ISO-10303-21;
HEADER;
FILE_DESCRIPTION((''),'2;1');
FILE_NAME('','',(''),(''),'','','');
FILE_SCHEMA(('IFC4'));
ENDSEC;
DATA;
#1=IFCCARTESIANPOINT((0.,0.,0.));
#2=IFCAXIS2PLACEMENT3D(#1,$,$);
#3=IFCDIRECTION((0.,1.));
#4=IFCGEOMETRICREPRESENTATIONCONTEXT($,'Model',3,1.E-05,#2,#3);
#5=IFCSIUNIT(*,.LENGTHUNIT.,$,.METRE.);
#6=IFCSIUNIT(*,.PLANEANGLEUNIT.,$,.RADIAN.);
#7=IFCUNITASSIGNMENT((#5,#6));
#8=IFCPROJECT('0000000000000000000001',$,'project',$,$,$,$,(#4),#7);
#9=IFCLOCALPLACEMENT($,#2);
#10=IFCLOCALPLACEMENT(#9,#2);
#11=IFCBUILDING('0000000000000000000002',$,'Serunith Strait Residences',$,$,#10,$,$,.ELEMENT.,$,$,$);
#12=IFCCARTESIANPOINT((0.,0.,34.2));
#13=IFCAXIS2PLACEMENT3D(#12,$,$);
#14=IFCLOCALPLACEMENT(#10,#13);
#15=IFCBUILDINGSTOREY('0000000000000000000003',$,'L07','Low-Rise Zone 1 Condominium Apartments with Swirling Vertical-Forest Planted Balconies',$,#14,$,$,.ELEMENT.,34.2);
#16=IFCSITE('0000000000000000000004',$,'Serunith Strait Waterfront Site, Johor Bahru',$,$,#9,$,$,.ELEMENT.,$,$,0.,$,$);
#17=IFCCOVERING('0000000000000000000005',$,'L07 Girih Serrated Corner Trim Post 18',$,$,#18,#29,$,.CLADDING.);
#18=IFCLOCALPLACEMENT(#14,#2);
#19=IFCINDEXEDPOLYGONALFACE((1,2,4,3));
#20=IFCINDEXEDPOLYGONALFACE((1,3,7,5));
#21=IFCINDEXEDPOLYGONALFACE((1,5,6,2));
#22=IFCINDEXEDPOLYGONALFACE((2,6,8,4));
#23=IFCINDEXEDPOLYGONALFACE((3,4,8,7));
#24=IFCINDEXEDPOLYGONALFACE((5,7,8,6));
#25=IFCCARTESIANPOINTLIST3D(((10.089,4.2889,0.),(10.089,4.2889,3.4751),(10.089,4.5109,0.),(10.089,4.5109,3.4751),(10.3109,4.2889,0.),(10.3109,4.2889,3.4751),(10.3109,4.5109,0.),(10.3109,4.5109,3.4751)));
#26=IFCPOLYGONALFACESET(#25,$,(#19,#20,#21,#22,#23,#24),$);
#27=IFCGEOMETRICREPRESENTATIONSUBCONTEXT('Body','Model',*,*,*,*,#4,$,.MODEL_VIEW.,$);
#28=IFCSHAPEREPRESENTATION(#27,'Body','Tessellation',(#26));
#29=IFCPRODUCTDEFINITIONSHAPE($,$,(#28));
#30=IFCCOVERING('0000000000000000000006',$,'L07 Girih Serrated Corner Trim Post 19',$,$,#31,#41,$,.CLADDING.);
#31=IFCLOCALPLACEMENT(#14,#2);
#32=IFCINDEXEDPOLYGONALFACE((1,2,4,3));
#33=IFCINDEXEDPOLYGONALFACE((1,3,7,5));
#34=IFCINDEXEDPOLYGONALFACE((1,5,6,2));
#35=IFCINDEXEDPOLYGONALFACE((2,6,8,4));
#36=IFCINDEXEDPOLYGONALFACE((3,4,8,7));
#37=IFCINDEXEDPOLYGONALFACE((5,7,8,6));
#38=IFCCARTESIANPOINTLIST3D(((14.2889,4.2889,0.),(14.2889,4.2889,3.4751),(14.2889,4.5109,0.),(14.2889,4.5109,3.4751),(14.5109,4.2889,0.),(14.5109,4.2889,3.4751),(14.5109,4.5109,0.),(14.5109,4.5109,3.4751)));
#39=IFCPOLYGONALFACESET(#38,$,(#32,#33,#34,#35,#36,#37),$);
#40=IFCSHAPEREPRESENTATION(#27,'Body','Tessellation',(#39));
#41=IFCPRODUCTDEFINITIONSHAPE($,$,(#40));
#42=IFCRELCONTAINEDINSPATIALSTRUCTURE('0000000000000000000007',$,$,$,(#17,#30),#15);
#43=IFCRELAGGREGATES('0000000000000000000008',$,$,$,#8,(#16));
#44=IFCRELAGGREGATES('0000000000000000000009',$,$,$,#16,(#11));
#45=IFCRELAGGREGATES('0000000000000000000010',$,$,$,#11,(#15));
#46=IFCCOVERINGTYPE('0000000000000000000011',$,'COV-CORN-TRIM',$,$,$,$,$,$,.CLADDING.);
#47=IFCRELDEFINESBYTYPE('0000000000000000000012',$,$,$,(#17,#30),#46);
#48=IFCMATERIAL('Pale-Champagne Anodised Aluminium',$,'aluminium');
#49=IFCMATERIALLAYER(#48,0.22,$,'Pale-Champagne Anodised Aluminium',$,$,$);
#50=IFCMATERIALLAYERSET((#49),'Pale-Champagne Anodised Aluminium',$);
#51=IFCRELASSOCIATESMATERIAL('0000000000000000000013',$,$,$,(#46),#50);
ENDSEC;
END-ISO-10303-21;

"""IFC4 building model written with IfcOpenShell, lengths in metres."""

from ifc_helpers import new_model, si_unit, direction, frame, origin, origin_2d, place, context, subcontext, project, spatial, rectangle, extrude, source, transform, mapped, material, layer, layer_set, type_object, element, save


model = new_model("IFC4")

# Units and contexts
model_context = context("Model", 3, precision=1e-05, world=origin(), true_north=direction((0.0, 1.0)))
body_context = subcontext(model_context, "Body", "Model", "MODEL_VIEW")
ifc_project = project(units=[si_unit("LENGTHUNIT", "METRE"), si_unit("PLANEANGLEUNIT", "RADIAN")], contexts=[model_context])

# Site, building, storey
site_placement = place(None, origin())
site = spatial("IfcSite", under=ifc_project, at=site_placement, Name="Serunith Strait Waterfront Site, Johor Bahru", CompositionType="ELEMENT", RefElevation=0.0)
building_placement = place(site_placement, origin())
building = spatial("IfcBuilding", under=site, at=building_placement, Name="Serunith Strait Residences", CompositionType="ELEMENT")
storey_placement = place(building_placement, frame((0.0, 0.0, 34.2)))
storey = spatial("IfcBuildingStorey", under=building, at=storey_placement, Name="L07", Description="Low-Rise Zone 1 Condominium Apartments with Swirling Vertical-Forest Planted Balconies", CompositionType="ELEMENT", Elevation=34.2)

# Shared definitions
ifc_material_1 = material(Name="Pale-Champagne Anodised Aluminium", Category="aluminium")

# Coverings
ifc_layer_1 = layer(ifc_material_1, 0.22, Name="Pale-Champagne Anodised Aluminium")
ifc_layer_set_1 = layer_set([ifc_layer_1], Name="Pale-Champagne Anodised Aluminium")
covering_type_1 = type_object("IfcCoveringType", Name="COV-CORN-TRIM", PredefinedType="CLADDING", material=ifc_layer_set_1)
shared_shape_1 = source(origin(), body_context, "Body", "SweptSolid", [
    extrude(rectangle(XDim=0.2219, YDim=0.2219, at=origin_2d()), origin(), (0.0, 0.0, 1.0), 3.4751),
])
for number, where, z_axis, x_axis, name in (
    (1, (10.2, 4.3999, 0.0), (0.0, 0.0, 1.0), (1.0, 0.0, 0.0), "L07 Girih Serrated Corner Trim Post 18"),
    (2, (14.3999, 4.3999, 0.0), (0.0, 0.0, 1.0), (1.0, 0.0, 0.0), "L07 Girih Serrated Corner Trim Post 19"),
):
    element("IfcCovering", number, at=place(storey_placement, frame(where, z_axis=z_axis, x_axis=x_axis)), inside=storey, type_object=covering_type_1, Name=name, PredefinedType="CLADDING", context=body_context, shape_type="MappedRepresentation", body=[
        mapped(shared_shape_1, transform((0.0, 0.0, 0.0), scale=1.0)),
    ])

save(model, "model.ifc")
